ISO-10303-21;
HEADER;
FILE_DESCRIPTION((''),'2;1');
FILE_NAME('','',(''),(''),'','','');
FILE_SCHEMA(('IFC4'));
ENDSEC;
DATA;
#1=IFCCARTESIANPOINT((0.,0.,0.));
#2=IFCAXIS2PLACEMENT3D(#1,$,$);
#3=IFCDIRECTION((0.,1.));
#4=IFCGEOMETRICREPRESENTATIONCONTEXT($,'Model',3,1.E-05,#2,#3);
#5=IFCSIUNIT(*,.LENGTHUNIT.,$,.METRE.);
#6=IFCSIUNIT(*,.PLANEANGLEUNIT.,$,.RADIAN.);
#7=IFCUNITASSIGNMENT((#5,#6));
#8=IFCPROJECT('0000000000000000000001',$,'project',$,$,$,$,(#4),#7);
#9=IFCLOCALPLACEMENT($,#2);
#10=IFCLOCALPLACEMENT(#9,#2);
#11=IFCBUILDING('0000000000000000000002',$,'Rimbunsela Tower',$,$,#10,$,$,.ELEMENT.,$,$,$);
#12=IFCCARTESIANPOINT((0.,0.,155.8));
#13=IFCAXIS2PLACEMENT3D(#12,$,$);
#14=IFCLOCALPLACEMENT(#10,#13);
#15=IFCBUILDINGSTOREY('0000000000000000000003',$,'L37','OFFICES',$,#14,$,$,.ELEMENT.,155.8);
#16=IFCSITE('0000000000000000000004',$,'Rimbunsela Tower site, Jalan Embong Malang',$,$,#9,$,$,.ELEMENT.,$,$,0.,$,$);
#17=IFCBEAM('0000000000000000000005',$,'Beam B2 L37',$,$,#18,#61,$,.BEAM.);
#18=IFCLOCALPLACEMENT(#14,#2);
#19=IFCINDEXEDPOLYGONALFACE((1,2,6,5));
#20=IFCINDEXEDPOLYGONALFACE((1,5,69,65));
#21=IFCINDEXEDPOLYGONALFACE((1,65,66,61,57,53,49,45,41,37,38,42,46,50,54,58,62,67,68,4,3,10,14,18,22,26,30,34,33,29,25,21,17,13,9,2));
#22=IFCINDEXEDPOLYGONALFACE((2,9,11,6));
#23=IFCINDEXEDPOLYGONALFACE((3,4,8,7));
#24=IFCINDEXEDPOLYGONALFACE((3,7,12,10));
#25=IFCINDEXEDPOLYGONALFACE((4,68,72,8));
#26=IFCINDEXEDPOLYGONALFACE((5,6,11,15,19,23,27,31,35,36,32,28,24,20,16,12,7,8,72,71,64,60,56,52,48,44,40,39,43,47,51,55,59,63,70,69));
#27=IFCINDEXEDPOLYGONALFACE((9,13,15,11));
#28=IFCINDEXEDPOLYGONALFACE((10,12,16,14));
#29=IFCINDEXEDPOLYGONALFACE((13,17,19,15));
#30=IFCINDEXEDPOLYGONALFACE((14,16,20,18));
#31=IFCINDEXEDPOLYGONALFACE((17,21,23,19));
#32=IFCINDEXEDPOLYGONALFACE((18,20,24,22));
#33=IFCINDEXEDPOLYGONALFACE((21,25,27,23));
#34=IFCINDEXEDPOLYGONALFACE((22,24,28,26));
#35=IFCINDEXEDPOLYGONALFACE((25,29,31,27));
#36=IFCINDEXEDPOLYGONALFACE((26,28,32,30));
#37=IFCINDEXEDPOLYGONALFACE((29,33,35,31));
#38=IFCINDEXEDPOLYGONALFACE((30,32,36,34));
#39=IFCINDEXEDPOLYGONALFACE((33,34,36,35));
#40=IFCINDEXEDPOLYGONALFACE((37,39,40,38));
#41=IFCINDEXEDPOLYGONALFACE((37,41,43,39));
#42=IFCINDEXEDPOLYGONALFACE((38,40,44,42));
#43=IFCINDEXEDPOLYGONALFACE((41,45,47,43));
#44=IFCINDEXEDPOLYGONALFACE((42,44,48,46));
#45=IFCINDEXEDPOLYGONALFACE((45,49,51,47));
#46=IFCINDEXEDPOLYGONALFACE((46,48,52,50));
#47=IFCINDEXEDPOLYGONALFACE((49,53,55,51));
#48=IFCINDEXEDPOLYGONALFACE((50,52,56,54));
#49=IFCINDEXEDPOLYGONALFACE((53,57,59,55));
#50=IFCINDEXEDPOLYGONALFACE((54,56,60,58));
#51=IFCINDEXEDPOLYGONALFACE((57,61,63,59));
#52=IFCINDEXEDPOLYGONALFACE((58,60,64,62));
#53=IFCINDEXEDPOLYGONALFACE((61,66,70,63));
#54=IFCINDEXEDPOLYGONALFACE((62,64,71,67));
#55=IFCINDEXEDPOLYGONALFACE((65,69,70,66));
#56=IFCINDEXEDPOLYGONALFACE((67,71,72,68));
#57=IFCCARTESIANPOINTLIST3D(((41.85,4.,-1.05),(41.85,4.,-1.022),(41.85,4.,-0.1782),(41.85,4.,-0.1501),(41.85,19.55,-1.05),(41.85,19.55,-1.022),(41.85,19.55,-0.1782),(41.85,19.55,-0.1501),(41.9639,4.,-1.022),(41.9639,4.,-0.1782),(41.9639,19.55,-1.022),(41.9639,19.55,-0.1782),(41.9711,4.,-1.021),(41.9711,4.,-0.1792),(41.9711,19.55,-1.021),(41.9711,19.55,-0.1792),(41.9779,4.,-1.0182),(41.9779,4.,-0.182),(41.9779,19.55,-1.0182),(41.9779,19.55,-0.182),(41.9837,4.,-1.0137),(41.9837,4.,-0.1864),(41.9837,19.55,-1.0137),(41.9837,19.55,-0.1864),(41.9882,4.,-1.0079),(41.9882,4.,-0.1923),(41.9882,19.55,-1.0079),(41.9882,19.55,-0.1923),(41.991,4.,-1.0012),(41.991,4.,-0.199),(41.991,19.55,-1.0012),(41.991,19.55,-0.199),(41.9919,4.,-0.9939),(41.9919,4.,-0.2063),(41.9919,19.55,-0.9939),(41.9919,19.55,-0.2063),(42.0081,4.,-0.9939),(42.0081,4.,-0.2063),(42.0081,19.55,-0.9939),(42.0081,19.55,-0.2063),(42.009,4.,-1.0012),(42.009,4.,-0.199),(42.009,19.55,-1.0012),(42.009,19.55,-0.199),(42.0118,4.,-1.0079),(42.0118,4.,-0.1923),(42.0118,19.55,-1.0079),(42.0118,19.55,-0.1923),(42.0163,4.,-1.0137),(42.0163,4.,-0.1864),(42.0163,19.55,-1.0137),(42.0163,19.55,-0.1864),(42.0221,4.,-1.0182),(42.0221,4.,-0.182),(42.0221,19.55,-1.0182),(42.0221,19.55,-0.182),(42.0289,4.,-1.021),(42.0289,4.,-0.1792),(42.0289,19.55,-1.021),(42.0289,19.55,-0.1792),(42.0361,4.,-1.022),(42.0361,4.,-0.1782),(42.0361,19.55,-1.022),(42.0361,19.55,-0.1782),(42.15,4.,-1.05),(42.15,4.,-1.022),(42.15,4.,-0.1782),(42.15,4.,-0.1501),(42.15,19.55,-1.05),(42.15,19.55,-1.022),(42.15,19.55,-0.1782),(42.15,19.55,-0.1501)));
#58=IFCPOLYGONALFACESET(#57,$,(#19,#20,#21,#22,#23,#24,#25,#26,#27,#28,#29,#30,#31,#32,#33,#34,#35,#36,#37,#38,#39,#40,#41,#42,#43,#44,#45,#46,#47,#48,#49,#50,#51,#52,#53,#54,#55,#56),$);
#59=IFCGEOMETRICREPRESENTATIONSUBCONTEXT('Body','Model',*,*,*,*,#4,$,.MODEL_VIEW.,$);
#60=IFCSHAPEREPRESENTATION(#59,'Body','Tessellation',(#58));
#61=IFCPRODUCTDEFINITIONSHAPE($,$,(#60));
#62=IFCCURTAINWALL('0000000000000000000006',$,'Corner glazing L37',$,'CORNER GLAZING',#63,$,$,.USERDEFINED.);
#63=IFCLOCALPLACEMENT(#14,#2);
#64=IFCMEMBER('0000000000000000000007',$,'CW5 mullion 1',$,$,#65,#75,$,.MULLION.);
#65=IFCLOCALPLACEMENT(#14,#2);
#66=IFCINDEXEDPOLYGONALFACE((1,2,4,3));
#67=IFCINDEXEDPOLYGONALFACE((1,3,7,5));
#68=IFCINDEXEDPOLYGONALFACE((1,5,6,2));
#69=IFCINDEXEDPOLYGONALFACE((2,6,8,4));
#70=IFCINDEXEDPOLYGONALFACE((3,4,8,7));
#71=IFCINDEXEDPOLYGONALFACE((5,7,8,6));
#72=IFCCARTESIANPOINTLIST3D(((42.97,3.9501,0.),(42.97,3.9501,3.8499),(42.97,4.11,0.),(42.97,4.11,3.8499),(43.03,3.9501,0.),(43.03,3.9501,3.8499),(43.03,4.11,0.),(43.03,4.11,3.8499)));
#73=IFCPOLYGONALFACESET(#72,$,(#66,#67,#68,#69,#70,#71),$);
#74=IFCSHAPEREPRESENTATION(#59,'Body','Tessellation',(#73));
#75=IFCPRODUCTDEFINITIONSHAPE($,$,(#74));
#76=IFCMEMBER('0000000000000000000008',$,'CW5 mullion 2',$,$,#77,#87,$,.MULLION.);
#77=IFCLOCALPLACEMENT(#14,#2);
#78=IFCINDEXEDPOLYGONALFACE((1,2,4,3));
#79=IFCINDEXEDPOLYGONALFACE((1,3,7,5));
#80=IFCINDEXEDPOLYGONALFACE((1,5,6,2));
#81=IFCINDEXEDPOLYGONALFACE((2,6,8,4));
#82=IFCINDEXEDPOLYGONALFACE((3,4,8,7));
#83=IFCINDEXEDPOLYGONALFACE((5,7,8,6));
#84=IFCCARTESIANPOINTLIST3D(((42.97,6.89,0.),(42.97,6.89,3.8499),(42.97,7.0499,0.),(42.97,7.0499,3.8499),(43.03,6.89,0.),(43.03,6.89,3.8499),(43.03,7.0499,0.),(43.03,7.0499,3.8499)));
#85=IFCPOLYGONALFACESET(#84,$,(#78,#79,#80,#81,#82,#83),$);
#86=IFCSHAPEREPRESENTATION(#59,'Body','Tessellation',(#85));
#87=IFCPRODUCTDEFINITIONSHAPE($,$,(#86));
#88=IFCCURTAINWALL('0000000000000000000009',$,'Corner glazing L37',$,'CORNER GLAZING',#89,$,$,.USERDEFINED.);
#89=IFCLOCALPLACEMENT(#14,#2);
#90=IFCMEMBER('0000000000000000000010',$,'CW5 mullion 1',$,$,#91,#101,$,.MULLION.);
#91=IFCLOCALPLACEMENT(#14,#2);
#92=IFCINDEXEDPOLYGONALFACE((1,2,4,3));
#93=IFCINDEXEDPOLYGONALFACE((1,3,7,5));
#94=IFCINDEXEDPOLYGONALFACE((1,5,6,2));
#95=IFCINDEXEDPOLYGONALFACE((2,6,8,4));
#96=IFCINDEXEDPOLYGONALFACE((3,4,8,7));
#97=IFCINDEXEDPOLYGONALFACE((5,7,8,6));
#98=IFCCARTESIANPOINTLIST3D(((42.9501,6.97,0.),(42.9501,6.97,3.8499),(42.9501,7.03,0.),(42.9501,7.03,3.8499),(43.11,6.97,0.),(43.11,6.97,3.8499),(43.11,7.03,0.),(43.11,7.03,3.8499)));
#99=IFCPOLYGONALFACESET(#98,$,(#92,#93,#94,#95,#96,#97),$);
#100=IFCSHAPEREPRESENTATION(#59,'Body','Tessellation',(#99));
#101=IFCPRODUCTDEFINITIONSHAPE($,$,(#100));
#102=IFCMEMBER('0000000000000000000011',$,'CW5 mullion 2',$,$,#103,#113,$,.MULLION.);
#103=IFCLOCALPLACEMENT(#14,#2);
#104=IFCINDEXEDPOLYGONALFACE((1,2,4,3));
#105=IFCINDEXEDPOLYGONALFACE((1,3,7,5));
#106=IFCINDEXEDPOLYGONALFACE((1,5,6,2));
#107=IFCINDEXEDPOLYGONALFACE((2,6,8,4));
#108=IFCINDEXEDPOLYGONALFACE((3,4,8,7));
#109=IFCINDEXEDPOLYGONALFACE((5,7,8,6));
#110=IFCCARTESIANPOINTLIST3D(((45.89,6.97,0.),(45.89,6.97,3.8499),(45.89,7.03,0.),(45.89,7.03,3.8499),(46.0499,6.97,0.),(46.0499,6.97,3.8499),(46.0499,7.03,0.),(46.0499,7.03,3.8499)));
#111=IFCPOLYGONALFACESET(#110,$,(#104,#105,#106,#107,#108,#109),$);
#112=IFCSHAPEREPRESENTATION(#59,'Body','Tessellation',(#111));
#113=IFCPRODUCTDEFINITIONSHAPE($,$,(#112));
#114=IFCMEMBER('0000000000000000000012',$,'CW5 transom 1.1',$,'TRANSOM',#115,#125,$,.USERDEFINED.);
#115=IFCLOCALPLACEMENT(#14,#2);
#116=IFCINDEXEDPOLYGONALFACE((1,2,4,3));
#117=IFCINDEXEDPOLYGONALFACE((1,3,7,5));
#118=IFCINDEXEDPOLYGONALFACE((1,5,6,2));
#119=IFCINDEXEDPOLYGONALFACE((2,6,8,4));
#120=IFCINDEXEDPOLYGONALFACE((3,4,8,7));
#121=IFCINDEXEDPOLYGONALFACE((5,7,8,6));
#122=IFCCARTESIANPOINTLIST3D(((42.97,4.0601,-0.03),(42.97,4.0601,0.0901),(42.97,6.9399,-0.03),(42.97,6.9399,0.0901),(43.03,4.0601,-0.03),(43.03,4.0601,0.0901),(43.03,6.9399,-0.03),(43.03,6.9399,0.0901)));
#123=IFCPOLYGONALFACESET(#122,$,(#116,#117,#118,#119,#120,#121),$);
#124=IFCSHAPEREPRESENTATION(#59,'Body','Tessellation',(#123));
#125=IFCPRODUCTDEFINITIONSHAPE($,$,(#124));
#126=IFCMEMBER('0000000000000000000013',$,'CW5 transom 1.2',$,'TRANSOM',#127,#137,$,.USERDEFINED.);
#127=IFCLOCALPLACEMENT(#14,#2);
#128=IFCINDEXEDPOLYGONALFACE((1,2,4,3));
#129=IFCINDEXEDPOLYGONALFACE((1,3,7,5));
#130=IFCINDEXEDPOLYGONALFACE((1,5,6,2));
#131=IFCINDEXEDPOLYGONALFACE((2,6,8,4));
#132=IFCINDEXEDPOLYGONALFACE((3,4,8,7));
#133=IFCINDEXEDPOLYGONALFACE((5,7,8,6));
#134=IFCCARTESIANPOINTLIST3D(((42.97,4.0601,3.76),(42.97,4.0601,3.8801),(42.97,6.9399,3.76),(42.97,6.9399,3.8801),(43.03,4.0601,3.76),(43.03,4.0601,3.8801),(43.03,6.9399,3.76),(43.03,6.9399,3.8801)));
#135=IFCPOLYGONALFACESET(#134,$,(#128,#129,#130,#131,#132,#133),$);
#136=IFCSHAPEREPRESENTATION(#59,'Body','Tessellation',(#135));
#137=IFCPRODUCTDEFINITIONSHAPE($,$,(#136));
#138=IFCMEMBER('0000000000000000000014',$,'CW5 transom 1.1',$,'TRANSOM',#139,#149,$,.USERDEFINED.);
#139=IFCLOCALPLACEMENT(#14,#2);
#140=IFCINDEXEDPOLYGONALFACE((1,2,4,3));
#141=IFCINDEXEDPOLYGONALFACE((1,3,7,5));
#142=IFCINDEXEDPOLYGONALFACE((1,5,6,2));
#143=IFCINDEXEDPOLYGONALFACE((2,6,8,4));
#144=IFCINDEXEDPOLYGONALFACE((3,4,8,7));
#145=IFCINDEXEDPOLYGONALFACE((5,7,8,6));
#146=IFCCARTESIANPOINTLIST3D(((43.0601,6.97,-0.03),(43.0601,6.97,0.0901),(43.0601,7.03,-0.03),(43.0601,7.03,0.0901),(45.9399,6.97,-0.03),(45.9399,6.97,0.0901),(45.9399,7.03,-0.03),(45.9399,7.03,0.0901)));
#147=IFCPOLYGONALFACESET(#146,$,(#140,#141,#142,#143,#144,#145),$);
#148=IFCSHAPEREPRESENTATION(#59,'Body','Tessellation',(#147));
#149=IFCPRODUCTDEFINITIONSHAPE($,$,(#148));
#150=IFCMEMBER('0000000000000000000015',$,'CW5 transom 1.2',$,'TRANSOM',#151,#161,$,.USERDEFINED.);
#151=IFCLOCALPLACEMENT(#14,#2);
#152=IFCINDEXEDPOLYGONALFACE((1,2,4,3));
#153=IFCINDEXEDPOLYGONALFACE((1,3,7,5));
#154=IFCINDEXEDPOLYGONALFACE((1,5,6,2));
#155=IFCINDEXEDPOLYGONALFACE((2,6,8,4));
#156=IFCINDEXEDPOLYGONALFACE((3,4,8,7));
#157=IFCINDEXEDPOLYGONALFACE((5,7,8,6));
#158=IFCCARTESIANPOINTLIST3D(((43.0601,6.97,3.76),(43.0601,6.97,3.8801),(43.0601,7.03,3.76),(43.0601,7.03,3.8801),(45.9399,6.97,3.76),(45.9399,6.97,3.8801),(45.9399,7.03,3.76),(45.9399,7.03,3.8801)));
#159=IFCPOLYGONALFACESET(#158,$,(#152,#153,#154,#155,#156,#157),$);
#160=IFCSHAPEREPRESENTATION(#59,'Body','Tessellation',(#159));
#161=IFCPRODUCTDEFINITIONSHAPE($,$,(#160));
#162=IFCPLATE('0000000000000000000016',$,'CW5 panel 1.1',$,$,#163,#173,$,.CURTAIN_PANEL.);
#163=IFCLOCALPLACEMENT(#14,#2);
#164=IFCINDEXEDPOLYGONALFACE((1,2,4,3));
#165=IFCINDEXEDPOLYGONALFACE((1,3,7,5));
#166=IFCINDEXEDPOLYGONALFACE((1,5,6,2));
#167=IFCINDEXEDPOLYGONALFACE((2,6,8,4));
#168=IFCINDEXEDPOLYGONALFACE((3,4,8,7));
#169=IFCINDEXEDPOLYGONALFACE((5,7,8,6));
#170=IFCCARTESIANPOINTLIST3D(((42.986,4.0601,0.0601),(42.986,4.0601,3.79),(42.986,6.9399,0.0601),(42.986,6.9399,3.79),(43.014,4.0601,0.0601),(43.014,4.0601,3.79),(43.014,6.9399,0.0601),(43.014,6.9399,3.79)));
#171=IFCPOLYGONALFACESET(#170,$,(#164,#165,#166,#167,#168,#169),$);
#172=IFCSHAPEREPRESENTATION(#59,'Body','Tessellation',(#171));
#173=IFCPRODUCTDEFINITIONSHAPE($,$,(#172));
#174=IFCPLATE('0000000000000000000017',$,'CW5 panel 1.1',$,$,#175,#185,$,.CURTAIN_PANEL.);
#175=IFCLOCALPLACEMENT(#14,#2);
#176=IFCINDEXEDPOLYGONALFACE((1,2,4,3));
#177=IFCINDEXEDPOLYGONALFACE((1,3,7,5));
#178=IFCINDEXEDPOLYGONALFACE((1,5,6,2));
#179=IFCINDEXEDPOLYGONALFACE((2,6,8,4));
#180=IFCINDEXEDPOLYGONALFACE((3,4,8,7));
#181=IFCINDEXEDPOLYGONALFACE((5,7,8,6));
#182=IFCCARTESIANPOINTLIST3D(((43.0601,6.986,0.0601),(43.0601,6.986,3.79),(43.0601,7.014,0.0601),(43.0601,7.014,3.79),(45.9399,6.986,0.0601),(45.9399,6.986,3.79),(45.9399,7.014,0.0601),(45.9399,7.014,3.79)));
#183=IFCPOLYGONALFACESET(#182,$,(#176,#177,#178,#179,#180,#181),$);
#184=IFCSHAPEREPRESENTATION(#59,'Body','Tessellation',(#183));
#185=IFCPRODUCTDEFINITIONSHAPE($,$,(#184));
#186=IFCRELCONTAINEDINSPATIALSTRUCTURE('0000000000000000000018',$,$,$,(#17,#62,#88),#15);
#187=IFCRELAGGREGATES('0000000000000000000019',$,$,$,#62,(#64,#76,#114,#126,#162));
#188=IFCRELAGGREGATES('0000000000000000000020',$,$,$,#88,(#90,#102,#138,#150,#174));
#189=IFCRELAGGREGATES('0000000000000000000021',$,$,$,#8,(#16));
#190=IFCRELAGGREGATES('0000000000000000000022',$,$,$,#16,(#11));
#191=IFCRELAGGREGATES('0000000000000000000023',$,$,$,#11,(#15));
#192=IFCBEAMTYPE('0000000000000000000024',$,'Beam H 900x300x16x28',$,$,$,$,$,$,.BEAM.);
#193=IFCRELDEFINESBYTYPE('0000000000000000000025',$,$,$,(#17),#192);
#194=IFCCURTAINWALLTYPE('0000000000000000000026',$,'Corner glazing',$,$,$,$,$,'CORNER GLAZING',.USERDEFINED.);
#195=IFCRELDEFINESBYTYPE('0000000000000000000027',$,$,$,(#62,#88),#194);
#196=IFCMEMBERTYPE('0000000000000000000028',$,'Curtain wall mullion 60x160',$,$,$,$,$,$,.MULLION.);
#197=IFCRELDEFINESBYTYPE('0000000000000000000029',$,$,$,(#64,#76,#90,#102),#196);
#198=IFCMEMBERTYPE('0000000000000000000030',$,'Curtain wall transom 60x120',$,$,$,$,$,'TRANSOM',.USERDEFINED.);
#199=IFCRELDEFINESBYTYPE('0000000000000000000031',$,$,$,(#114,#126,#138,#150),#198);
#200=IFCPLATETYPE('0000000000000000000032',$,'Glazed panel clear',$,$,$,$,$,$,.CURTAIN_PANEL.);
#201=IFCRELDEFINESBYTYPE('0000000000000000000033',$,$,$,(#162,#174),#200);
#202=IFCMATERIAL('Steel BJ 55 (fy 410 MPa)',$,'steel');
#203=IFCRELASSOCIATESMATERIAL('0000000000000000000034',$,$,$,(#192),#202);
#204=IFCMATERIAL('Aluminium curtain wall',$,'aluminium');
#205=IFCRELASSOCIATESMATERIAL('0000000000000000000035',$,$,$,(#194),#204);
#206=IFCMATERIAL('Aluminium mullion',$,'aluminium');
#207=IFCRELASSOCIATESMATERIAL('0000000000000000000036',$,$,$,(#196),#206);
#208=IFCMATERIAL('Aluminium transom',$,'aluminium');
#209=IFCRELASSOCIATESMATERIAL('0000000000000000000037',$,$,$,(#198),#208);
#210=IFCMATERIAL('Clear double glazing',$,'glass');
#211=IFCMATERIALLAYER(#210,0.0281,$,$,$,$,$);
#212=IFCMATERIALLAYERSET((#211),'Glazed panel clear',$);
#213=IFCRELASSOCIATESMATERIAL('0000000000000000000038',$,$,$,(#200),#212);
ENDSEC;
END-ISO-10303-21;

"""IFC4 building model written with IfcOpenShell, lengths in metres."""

from ifc_helpers import new_model, si_unit, direction, frame, origin, origin_2d, place, context, subcontext, project, spatial, rectangle, i_section, extrude, material, layer, layer_set, material_profile, profile_set, type_object, element, aggregate, save


model = new_model("IFC4")

# Units and contexts
model_context = context("Model", 3, precision=1e-05, world=origin(), true_north=direction((0.0, 1.0)))
body_context = subcontext(model_context, "Body", "Model", "MODEL_VIEW")
ifc_project = project(units=[si_unit("LENGTHUNIT", "METRE"), si_unit("PLANEANGLEUNIT", "RADIAN")], contexts=[model_context])

# Site, building, storey
site_placement = place(None, origin())
site = spatial("IfcSite", under=ifc_project, at=site_placement, Name="Rimbunsela Tower site, Jalan Embong Malang", CompositionType="ELEMENT", RefElevation=0.0)
building_placement = place(site_placement, origin())
building = spatial("IfcBuilding", under=site, at=building_placement, Name="Rimbunsela Tower", CompositionType="ELEMENT")
storey_placement = place(building_placement, frame((0.0, 0.0, 155.8)))
storey = spatial("IfcBuildingStorey", under=building, at=storey_placement, Name="L37", Description="OFFICES", CompositionType="ELEMENT", Elevation=155.8)

# Beam
ifc_material_1 = material(Name="Steel BJ 55 (fy 410 MPa)", Category="steel")
ifc_material_profile_1 = material_profile(ifc_material_1, i_section(OverallWidth=0.3, OverallDepth=0.8999, WebThickness=0.0161, FlangeThickness=0.0281, FilletRadius=0.0281, at=origin_2d()), Name="H 900x300x16x28")
ifc_profile_set_1 = profile_set([ifc_material_profile_1], Name="Steel BJ 55 (fy 410 MPa)")
beam_type_1 = type_object("IfcBeamType", Name="Beam H 900x300x16x28", PredefinedType="BEAM", material=ifc_profile_set_1)
beam_1_placement = place(storey_placement, frame((42.0, 4.0, -0.6001), z_axis=(0.0, 1.0, 0.0), x_axis=(-1.0, 0.0, 0.0)))
element("IfcBeam", 1, at=beam_1_placement, inside=storey, type_object=beam_type_1, Name="Beam B2 L37", PredefinedType="BEAM", context=body_context, shape_type="SweptSolid", body=[
    extrude(i_section(OverallWidth=0.3, OverallDepth=0.8999, WebThickness=0.0161, FlangeThickness=0.0281, FilletRadius=0.0281, at=origin_2d()), origin(), (0.0, 0.0, 1.0), 15.55),
])

# Curtain walls, members
ifc_material_2 = material(Name="Aluminium curtain wall", Category="aluminium")
curtain_wall_type = type_object("IfcCurtainWallType", Name="Corner glazing", ElementType="CORNER GLAZING", PredefinedType="USERDEFINED", material=ifc_material_2)
curtain_wall_1_placement = place(storey_placement, origin())
curtain_wall_1 = element("IfcCurtainWall", 2, at=curtain_wall_1_placement, inside=storey, type_object=curtain_wall_type, Name="Corner glazing L37", ObjectType="CORNER GLAZING", PredefinedType="USERDEFINED")
ifc_material_3 = material(Name="Aluminium mullion", Category="aluminium")
ifc_material_profile_2 = material_profile(ifc_material_3, rectangle(XDim=0.0601, YDim=0.1599, at=origin_2d()), Name="Mullion 60x160")
ifc_profile_set_2 = profile_set([ifc_material_profile_2], Name="Aluminium mullion")
member_type_1 = type_object("IfcMemberType", Name="Curtain wall mullion 60x160", PredefinedType="MULLION", material=ifc_profile_set_2)
member_1_placement = place(storey_placement, frame((43.0, 4.03, 0.0), z_axis=(0.0, 0.0, 1.0), x_axis=(-1.0, 0.0, 0.0)))
member_1 = element("IfcMember", 3, at=member_1_placement, type_object=member_type_1, Name="CW5 mullion 1", PredefinedType="MULLION", context=body_context, shape_type="SweptSolid", body=[
    extrude(rectangle(XDim=0.0601, YDim=0.1599, at=origin_2d()), origin(), (0.0, 0.0, 1.0), 3.8499),
])
member_2_placement = place(storey_placement, frame((43.0, 6.97, 0.0), z_axis=(0.0, 0.0, 1.0), x_axis=(-1.0, 0.0, 0.0)))
member_2 = element("IfcMember", 4, at=member_2_placement, type_object=member_type_1, Name="CW5 mullion 2", PredefinedType="MULLION", context=body_context, shape_type="SweptSolid", body=[
    extrude(rectangle(XDim=0.0601, YDim=0.1599, at=origin_2d()), origin(), (0.0, 0.0, 1.0), 3.8499),
])
curtain_wall_2_placement = place(storey_placement, origin())
curtain_wall_2 = element("IfcCurtainWall", 5, at=curtain_wall_2_placement, inside=storey, type_object=curtain_wall_type, Name="Corner glazing L37", ObjectType="CORNER GLAZING", PredefinedType="USERDEFINED")
member_3_placement = place(storey_placement, frame((43.03, 7.0, 0.0), z_axis=(0.0, 0.0, 1.0), x_axis=(0.0, 1.0, 0.0)))
member_3 = element("IfcMember", 6, at=member_3_placement, type_object=member_type_1, Name="CW5 mullion 1", PredefinedType="MULLION", context=body_context, shape_type="SweptSolid", body=[
    extrude(rectangle(XDim=0.0601, YDim=0.1599, at=origin_2d()), origin(), (0.0, 0.0, 1.0), 3.8499),
])
member_4_placement = place(storey_placement, frame((45.97, 7.0, 0.0), z_axis=(0.0, 0.0, 1.0), x_axis=(0.0, 1.0, 0.0)))
member_4 = element("IfcMember", 7, at=member_4_placement, type_object=member_type_1, Name="CW5 mullion 2", PredefinedType="MULLION", context=body_context, shape_type="SweptSolid", body=[
    extrude(rectangle(XDim=0.0601, YDim=0.1599, at=origin_2d()), origin(), (0.0, 0.0, 1.0), 3.8499),
])

# Members
ifc_material_4 = material(Name="Aluminium transom", Category="aluminium")
ifc_material_profile_3 = material_profile(ifc_material_4, rectangle(XDim=0.0601, YDim=0.1201, at=origin_2d()), Name="Transom 60x120")
ifc_profile_set_3 = profile_set([ifc_material_profile_3], Name="Aluminium transom")
member_type_2 = type_object("IfcMemberType", Name="Curtain wall transom 60x120", ElementType="TRANSOM", PredefinedType="USERDEFINED", material=ifc_profile_set_3)
member_5_placement = place(storey_placement, frame((43.0, 4.0601, 0.03), z_axis=(0.0, 1.0, 0.0), x_axis=(-1.0, 0.0, 0.0)))
member_5 = element("IfcMember", 8, at=member_5_placement, type_object=member_type_2, Name="CW5 transom 1.1", ObjectType="TRANSOM", PredefinedType="USERDEFINED", context=body_context, shape_type="SweptSolid", body=[
    extrude(rectangle(XDim=0.0601, YDim=0.1201, at=origin_2d()), origin(), (0.0, 0.0, 1.0), 2.8799),
])
member_6_placement = place(storey_placement, frame((43.0, 4.0601, 3.8201), z_axis=(0.0, 1.0, 0.0), x_axis=(-1.0, 0.0, 0.0)))
member_6 = element("IfcMember", 9, at=member_6_placement, type_object=member_type_2, Name="CW5 transom 1.2", ObjectType="TRANSOM", PredefinedType="USERDEFINED", context=body_context, shape_type="SweptSolid", body=[
    extrude(rectangle(XDim=0.0601, YDim=0.1201, at=origin_2d()), origin(), (0.0, 0.0, 1.0), 2.8799),
])
member_7_placement = place(storey_placement, frame((43.0601, 7.0, 0.03), z_axis=(1.0, 0.0, 0.0), x_axis=(0.0, 1.0, 0.0)))
member_7 = element("IfcMember", 10, at=member_7_placement, type_object=member_type_2, Name="CW5 transom 1.1", ObjectType="TRANSOM", PredefinedType="USERDEFINED", context=body_context, shape_type="SweptSolid", body=[
    extrude(rectangle(XDim=0.0601, YDim=0.1201, at=origin_2d()), origin(), (0.0, 0.0, 1.0), 2.8799),
])
member_8_placement = place(storey_placement, frame((43.0601, 7.0, 3.8201), z_axis=(1.0, 0.0, 0.0), x_axis=(0.0, 1.0, 0.0)))
member_8 = element("IfcMember", 11, at=member_8_placement, type_object=member_type_2, Name="CW5 transom 1.2", ObjectType="TRANSOM", PredefinedType="USERDEFINED", context=body_context, shape_type="SweptSolid", body=[
    extrude(rectangle(XDim=0.0601, YDim=0.1201, at=origin_2d()), origin(), (0.0, 0.0, 1.0), 2.8799),
])

# Plates
ifc_material_5 = material(Name="Clear double glazing", Category="glass")
ifc_layer_1 = layer(ifc_material_5, 0.0281)
ifc_layer_set_1 = layer_set([ifc_layer_1], Name="Glazed panel clear")
plate_type = type_object("IfcPlateType", Name="Glazed panel clear", PredefinedType="CURTAIN_PANEL", material=ifc_layer_set_1)
plate_1_placement = place(storey_placement, frame((43.0, 5.5, 0.0601), z_axis=(0.0, 0.0, 1.0), x_axis=(0.0, 1.0, 0.0)))
plate_1 = element("IfcPlate", 12, at=plate_1_placement, type_object=plate_type, Name="CW5 panel 1.1", PredefinedType="CURTAIN_PANEL", context=body_context, shape_type="SweptSolid", body=[
    extrude(rectangle(XDim=2.8799, YDim=0.0281, at=origin_2d()), origin(), (0.0, 0.0, 1.0), 3.73),
])
aggregate(curtain_wall_1, [member_1, member_2, member_5, member_6, plate_1])
plate_2_placement = place(storey_placement, frame((44.5, 7.0, 0.0601), z_axis=(0.0, 0.0, 1.0), x_axis=(1.0, 0.0, 0.0)))
plate_2 = element("IfcPlate", 13, at=plate_2_placement, type_object=plate_type, Name="CW5 panel 1.1", PredefinedType="CURTAIN_PANEL", context=body_context, shape_type="SweptSolid", body=[
    extrude(rectangle(XDim=2.8799, YDim=0.0281, at=origin_2d()), origin(), (0.0, 0.0, 1.0), 3.73),
])
aggregate(curtain_wall_2, [member_3, member_4, member_7, member_8, plate_2])

save(model, "model.ifc")
